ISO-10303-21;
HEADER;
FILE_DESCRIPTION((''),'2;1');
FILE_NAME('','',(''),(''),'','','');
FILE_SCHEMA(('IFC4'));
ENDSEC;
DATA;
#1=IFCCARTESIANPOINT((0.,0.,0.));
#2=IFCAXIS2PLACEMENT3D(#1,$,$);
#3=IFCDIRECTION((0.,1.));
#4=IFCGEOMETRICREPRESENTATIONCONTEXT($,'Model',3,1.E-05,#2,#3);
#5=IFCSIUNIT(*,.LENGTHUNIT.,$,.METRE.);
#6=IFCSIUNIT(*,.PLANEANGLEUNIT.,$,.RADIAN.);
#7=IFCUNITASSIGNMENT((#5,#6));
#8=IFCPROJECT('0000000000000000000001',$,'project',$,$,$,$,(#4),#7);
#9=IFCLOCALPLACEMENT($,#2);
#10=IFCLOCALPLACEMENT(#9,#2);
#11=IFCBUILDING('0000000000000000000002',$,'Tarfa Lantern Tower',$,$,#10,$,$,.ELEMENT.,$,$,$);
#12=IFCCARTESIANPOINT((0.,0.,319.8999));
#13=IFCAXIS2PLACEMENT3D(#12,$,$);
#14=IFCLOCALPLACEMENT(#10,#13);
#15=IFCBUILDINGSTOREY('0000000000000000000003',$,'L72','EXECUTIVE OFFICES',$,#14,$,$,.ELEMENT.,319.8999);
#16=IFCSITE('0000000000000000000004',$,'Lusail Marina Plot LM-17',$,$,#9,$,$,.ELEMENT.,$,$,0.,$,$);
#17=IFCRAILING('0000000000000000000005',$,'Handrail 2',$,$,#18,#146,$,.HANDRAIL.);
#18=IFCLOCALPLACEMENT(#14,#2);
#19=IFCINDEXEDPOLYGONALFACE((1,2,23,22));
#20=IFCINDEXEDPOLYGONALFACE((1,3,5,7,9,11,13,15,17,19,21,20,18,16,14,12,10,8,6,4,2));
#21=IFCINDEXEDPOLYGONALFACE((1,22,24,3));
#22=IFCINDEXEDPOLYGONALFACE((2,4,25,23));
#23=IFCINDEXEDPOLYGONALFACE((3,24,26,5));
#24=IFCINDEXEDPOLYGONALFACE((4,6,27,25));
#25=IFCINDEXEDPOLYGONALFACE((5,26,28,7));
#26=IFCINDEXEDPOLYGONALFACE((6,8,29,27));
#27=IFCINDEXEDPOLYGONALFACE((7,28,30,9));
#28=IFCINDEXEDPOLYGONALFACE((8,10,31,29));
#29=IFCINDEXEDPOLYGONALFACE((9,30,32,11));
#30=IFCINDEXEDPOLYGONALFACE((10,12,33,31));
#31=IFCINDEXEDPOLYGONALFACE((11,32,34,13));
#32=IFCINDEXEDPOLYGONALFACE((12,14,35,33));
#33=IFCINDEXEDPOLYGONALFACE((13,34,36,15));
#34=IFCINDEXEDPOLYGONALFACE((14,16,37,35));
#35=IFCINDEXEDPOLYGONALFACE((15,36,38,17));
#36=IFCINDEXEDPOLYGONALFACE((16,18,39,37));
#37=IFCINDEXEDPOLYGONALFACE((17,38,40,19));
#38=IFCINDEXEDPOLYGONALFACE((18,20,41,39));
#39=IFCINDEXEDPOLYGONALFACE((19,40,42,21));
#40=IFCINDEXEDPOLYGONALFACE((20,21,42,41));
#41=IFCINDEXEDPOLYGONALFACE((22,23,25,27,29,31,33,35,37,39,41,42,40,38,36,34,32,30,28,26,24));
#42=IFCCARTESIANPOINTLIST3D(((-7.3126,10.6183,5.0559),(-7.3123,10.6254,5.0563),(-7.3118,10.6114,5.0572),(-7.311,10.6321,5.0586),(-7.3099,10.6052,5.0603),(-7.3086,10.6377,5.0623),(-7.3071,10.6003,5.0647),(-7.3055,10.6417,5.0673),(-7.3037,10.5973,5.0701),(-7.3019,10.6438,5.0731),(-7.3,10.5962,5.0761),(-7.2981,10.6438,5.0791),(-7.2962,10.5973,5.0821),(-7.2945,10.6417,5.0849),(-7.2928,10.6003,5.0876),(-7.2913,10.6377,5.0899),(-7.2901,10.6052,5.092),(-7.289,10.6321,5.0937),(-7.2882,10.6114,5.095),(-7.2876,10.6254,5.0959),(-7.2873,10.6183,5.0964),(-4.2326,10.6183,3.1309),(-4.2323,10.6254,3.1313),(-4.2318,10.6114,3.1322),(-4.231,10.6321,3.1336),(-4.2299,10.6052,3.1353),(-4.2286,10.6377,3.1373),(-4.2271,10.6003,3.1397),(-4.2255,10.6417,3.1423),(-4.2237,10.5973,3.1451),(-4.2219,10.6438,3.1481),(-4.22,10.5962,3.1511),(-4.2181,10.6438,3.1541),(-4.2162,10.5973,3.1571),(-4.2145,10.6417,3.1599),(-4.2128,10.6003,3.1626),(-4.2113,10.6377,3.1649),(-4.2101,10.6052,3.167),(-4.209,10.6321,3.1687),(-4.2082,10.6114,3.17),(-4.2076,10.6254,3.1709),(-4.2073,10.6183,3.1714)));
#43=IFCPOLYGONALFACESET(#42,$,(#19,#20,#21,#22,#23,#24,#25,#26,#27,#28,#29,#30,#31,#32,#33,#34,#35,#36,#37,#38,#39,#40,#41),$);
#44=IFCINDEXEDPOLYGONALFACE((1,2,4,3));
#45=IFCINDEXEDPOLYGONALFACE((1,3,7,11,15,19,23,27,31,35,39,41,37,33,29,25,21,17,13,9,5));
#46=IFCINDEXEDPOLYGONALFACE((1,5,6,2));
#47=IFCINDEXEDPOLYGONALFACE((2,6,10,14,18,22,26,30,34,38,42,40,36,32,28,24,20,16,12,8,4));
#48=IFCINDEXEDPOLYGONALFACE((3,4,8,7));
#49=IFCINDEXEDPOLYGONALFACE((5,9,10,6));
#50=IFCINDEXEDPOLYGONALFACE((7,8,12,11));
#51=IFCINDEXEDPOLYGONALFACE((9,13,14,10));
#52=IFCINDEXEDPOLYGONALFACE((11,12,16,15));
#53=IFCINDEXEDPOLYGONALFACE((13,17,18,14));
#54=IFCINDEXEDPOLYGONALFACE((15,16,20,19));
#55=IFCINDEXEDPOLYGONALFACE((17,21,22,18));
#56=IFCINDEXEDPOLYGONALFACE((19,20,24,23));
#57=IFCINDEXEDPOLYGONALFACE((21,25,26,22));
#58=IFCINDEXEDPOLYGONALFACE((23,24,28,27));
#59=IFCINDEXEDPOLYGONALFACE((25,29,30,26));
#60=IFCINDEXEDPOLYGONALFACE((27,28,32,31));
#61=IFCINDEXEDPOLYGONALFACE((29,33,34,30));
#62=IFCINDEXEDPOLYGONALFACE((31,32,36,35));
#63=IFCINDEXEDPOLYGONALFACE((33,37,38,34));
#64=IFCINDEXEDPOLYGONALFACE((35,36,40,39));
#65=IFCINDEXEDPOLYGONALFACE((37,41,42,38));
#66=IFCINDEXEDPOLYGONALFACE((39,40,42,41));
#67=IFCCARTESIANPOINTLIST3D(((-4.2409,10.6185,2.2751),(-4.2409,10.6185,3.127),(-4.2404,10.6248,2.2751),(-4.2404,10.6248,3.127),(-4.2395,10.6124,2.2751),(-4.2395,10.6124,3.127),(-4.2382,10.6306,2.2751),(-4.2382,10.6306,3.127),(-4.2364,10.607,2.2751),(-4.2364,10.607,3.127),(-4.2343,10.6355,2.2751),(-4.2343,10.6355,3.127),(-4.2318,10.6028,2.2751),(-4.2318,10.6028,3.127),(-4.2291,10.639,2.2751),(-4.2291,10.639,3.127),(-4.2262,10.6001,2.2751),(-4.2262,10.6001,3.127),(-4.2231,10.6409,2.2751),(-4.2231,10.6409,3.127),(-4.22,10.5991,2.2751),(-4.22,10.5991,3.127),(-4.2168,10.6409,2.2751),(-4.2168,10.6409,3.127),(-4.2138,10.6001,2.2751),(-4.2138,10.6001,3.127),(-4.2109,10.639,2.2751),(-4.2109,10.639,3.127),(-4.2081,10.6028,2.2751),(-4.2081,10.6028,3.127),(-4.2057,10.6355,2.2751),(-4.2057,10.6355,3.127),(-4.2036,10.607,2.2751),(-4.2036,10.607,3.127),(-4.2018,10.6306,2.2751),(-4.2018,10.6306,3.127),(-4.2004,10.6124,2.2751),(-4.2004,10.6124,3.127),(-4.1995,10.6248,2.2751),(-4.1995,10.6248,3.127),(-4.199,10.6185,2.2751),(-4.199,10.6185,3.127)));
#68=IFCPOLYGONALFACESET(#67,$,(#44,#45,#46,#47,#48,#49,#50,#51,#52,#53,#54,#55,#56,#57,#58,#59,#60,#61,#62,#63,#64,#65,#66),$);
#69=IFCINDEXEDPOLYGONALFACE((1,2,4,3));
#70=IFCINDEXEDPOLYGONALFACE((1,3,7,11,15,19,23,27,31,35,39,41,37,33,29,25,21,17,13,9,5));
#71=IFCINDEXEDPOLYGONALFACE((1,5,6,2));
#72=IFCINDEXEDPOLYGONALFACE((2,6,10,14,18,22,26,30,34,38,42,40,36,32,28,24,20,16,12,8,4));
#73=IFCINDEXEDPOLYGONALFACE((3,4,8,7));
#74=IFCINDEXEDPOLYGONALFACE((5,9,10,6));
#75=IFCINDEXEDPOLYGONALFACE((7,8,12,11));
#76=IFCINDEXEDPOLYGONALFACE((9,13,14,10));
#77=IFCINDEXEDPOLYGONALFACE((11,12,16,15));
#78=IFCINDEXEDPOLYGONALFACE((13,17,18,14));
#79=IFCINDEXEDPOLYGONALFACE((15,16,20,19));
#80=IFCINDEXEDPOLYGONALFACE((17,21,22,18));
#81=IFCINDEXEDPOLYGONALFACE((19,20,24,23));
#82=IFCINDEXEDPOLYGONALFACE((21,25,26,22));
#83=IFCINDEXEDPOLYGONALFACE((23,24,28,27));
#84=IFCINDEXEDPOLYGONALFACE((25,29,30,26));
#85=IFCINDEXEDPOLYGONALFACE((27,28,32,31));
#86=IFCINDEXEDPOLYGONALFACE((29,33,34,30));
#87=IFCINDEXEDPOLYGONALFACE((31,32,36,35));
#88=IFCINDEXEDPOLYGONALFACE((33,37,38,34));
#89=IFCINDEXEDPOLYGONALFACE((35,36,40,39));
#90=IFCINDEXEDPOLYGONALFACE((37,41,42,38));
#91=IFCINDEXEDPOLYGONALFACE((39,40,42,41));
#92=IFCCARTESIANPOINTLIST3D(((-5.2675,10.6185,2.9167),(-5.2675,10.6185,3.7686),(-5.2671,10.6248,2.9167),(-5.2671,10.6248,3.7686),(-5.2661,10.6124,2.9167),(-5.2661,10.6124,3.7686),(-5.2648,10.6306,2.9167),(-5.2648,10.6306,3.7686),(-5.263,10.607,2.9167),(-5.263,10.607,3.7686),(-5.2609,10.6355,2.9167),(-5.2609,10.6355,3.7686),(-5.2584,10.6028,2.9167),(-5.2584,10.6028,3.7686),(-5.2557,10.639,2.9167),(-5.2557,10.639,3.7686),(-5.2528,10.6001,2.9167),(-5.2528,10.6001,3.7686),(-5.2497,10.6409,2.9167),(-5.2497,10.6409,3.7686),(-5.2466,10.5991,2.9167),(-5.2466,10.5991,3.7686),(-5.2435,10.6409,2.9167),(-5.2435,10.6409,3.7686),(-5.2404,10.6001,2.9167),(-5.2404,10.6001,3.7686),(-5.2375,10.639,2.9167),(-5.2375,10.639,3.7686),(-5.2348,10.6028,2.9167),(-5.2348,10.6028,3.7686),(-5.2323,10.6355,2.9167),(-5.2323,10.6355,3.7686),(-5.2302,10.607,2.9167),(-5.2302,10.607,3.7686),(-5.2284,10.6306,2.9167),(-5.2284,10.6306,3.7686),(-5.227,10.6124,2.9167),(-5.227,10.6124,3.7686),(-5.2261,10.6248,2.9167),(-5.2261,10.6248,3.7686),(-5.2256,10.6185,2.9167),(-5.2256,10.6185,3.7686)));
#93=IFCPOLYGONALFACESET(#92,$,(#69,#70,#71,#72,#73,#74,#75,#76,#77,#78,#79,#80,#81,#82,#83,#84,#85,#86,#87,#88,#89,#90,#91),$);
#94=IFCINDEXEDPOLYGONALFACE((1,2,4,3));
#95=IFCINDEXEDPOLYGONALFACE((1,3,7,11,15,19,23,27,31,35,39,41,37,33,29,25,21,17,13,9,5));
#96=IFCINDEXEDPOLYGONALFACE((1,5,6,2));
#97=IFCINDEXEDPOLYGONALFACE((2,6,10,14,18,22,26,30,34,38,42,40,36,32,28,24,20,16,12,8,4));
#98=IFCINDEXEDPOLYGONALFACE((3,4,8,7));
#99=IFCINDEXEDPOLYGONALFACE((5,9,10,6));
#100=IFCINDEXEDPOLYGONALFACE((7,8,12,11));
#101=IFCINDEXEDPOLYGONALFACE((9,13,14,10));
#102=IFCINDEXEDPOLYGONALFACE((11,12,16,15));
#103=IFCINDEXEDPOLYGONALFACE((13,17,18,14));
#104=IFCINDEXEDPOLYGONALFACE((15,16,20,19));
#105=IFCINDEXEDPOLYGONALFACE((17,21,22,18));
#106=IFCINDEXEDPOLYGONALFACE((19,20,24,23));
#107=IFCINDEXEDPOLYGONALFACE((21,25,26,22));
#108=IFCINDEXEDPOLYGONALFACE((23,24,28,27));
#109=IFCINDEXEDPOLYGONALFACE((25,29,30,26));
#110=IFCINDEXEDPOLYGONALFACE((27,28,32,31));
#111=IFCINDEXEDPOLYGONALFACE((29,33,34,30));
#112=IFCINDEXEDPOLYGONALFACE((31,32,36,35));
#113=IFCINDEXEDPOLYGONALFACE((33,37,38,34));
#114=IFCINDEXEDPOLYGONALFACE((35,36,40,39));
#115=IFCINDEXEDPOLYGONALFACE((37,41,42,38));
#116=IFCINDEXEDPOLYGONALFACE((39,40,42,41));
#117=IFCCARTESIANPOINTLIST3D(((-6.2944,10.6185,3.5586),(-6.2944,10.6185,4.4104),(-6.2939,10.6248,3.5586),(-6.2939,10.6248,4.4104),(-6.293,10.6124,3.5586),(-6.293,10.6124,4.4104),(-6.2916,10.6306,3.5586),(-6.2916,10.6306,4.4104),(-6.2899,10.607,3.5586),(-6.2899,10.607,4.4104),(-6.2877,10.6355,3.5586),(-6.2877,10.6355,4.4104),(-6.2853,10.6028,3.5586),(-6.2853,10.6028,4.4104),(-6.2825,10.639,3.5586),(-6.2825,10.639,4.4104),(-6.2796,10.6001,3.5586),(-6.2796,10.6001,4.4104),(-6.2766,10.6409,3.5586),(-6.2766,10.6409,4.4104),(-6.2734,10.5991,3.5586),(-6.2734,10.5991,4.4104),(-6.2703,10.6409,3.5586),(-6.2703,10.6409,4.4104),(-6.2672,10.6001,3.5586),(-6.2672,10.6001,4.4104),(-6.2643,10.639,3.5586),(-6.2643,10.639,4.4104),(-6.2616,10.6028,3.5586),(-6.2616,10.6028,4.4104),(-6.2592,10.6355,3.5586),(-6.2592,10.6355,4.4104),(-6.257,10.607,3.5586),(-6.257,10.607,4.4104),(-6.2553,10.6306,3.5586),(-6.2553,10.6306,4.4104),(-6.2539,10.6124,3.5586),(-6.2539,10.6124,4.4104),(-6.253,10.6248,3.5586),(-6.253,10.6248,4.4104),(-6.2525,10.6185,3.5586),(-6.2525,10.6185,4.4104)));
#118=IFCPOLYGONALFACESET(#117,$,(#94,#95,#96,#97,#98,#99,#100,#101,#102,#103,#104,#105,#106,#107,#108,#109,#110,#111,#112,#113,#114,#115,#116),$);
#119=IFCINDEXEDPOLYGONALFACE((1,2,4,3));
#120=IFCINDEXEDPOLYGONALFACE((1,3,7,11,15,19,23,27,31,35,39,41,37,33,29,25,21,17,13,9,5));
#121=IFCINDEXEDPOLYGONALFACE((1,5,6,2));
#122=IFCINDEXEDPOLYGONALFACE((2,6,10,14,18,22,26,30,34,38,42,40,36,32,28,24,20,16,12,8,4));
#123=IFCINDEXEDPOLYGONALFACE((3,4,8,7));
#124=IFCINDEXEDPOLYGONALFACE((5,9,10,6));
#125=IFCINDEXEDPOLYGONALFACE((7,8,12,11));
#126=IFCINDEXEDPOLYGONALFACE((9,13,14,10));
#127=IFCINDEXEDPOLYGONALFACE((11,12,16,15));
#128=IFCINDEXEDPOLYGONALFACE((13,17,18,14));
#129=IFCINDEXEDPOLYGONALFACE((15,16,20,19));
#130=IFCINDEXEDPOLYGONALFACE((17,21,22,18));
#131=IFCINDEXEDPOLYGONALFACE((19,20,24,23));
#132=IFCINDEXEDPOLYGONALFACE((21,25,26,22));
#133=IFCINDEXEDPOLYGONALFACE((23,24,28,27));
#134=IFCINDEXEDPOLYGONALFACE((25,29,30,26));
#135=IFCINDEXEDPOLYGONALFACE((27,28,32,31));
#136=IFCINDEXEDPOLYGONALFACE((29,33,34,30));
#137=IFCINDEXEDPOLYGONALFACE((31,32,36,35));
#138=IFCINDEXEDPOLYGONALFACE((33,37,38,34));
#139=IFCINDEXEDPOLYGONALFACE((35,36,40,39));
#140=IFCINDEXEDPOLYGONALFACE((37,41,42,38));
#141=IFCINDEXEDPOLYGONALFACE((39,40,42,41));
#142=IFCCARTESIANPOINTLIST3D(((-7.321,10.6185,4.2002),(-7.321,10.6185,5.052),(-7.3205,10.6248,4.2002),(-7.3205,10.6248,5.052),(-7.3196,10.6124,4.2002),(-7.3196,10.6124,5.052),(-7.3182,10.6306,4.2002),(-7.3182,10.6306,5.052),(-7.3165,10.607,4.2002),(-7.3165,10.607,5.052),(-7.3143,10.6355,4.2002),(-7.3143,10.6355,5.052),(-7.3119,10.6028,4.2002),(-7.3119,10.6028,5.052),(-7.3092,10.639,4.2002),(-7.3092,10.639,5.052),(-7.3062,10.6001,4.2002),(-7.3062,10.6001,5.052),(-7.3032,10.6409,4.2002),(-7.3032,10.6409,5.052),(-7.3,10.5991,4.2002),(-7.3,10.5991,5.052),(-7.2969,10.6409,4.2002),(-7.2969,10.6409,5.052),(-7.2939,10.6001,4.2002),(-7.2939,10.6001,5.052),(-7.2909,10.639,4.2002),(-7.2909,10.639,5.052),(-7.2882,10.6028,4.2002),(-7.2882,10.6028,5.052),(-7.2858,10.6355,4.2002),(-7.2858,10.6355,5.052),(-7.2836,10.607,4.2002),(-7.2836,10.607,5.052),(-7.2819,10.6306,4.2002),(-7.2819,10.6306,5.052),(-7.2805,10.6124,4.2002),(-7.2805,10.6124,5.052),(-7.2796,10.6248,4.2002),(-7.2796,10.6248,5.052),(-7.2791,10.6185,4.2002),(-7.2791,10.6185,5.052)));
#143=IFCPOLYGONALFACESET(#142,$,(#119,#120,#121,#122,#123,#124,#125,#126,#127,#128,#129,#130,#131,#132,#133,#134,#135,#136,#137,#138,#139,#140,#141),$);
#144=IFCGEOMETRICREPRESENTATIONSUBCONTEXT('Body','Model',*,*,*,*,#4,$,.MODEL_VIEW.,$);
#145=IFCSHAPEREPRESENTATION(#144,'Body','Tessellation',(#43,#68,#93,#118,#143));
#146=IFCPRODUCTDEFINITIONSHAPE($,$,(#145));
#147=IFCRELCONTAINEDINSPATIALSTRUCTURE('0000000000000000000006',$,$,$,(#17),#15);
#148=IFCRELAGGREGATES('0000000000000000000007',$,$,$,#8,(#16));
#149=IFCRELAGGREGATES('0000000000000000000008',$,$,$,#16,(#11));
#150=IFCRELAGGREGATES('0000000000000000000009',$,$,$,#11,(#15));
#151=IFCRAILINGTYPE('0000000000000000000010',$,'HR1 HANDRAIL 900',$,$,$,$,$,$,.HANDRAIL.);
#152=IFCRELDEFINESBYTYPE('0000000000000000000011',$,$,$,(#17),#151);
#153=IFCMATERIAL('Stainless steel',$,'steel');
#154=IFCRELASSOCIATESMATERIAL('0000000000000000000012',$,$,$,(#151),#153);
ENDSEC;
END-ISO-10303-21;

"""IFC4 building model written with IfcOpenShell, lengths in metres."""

from ifc_helpers import new_model, si_unit, direction, frame, origin, origin_2d, place, context, subcontext, project, spatial, circle, extrude, material, type_object, element, save


model = new_model("IFC4")

# Units and contexts
model_context = context("Model", 3, precision=1e-05, world=origin(), true_north=direction((0.0, 1.0)))
body_context = subcontext(model_context, "Body", "Model", "MODEL_VIEW")
ifc_project = project(units=[si_unit("LENGTHUNIT", "METRE"), si_unit("PLANEANGLEUNIT", "RADIAN")], contexts=[model_context])

# Site, building, storey
site_placement = place(None, origin())
site = spatial("IfcSite", under=ifc_project, at=site_placement, Name="Lusail Marina Plot LM-17", CompositionType="ELEMENT", RefElevation=0.0)
building_placement = place(site_placement, origin())
building = spatial("IfcBuilding", under=site, at=building_placement, Name="Tarfa Lantern Tower", CompositionType="ELEMENT")
storey_placement = place(building_placement, frame((0.0, 0.0, 319.8999)))
storey = spatial("IfcBuildingStorey", under=building, at=storey_placement, Name="L72", Description="EXECUTIVE OFFICES", CompositionType="ELEMENT", Elevation=319.8999)

# Railing
ifc_material_1 = material(Name="Stainless steel", Category="steel")
railing_type = type_object("IfcRailingType", Name="HR1 HANDRAIL 900", PredefinedType="HANDRAIL", material=ifc_material_1)
railing_1_placement = place(storey_placement, frame((-4.22, 10.6201, 2.2751)))
element("IfcRailing", 1, at=railing_1_placement, inside=storey, type_object=railing_type, Name="Handrail 2", PredefinedType="HANDRAIL", context=body_context, shape_type="SweptSolid", body=[
    extrude(circle(Radius=0.0239, at=origin_2d()), frame((0.0, 0.0, 0.876), z_axis=(-0.847998, 0.0, 0.529999), x_axis=(0.0, -1.0, 0.0)), (0.0, 0.0, 1.0), 3.6321),
    extrude(circle(Radius=0.021, at=origin_2d()), frame((0.0, 0.0, 0.0), z_axis=(0.0, 0.0, 1.0), x_axis=(0.0, -1.0, 0.0)), (0.0, 0.0, 1.0), 0.8518),
    extrude(circle(Radius=0.021, at=origin_2d()), frame((-1.0266, 0.0, 0.6416), z_axis=(0.0, 0.0, 1.0), x_axis=(0.0, -1.0, 0.0)), (0.0, 0.0, 1.0), 0.8518),
    extrude(circle(Radius=0.021, at=origin_2d()), frame((-2.0535, 0.0, 1.2834), z_axis=(0.0, 0.0, 1.0), x_axis=(0.0, -1.0, 0.0)), (0.0, 0.0, 1.0), 0.8518),
    extrude(circle(Radius=0.021, at=origin_2d()), frame((-3.0801, 0.0, 1.925), z_axis=(0.0, 0.0, 1.0), x_axis=(0.0, -1.0, 0.0)), (0.0, 0.0, 1.0), 0.8518),
])

save(model, "model.ifc")
